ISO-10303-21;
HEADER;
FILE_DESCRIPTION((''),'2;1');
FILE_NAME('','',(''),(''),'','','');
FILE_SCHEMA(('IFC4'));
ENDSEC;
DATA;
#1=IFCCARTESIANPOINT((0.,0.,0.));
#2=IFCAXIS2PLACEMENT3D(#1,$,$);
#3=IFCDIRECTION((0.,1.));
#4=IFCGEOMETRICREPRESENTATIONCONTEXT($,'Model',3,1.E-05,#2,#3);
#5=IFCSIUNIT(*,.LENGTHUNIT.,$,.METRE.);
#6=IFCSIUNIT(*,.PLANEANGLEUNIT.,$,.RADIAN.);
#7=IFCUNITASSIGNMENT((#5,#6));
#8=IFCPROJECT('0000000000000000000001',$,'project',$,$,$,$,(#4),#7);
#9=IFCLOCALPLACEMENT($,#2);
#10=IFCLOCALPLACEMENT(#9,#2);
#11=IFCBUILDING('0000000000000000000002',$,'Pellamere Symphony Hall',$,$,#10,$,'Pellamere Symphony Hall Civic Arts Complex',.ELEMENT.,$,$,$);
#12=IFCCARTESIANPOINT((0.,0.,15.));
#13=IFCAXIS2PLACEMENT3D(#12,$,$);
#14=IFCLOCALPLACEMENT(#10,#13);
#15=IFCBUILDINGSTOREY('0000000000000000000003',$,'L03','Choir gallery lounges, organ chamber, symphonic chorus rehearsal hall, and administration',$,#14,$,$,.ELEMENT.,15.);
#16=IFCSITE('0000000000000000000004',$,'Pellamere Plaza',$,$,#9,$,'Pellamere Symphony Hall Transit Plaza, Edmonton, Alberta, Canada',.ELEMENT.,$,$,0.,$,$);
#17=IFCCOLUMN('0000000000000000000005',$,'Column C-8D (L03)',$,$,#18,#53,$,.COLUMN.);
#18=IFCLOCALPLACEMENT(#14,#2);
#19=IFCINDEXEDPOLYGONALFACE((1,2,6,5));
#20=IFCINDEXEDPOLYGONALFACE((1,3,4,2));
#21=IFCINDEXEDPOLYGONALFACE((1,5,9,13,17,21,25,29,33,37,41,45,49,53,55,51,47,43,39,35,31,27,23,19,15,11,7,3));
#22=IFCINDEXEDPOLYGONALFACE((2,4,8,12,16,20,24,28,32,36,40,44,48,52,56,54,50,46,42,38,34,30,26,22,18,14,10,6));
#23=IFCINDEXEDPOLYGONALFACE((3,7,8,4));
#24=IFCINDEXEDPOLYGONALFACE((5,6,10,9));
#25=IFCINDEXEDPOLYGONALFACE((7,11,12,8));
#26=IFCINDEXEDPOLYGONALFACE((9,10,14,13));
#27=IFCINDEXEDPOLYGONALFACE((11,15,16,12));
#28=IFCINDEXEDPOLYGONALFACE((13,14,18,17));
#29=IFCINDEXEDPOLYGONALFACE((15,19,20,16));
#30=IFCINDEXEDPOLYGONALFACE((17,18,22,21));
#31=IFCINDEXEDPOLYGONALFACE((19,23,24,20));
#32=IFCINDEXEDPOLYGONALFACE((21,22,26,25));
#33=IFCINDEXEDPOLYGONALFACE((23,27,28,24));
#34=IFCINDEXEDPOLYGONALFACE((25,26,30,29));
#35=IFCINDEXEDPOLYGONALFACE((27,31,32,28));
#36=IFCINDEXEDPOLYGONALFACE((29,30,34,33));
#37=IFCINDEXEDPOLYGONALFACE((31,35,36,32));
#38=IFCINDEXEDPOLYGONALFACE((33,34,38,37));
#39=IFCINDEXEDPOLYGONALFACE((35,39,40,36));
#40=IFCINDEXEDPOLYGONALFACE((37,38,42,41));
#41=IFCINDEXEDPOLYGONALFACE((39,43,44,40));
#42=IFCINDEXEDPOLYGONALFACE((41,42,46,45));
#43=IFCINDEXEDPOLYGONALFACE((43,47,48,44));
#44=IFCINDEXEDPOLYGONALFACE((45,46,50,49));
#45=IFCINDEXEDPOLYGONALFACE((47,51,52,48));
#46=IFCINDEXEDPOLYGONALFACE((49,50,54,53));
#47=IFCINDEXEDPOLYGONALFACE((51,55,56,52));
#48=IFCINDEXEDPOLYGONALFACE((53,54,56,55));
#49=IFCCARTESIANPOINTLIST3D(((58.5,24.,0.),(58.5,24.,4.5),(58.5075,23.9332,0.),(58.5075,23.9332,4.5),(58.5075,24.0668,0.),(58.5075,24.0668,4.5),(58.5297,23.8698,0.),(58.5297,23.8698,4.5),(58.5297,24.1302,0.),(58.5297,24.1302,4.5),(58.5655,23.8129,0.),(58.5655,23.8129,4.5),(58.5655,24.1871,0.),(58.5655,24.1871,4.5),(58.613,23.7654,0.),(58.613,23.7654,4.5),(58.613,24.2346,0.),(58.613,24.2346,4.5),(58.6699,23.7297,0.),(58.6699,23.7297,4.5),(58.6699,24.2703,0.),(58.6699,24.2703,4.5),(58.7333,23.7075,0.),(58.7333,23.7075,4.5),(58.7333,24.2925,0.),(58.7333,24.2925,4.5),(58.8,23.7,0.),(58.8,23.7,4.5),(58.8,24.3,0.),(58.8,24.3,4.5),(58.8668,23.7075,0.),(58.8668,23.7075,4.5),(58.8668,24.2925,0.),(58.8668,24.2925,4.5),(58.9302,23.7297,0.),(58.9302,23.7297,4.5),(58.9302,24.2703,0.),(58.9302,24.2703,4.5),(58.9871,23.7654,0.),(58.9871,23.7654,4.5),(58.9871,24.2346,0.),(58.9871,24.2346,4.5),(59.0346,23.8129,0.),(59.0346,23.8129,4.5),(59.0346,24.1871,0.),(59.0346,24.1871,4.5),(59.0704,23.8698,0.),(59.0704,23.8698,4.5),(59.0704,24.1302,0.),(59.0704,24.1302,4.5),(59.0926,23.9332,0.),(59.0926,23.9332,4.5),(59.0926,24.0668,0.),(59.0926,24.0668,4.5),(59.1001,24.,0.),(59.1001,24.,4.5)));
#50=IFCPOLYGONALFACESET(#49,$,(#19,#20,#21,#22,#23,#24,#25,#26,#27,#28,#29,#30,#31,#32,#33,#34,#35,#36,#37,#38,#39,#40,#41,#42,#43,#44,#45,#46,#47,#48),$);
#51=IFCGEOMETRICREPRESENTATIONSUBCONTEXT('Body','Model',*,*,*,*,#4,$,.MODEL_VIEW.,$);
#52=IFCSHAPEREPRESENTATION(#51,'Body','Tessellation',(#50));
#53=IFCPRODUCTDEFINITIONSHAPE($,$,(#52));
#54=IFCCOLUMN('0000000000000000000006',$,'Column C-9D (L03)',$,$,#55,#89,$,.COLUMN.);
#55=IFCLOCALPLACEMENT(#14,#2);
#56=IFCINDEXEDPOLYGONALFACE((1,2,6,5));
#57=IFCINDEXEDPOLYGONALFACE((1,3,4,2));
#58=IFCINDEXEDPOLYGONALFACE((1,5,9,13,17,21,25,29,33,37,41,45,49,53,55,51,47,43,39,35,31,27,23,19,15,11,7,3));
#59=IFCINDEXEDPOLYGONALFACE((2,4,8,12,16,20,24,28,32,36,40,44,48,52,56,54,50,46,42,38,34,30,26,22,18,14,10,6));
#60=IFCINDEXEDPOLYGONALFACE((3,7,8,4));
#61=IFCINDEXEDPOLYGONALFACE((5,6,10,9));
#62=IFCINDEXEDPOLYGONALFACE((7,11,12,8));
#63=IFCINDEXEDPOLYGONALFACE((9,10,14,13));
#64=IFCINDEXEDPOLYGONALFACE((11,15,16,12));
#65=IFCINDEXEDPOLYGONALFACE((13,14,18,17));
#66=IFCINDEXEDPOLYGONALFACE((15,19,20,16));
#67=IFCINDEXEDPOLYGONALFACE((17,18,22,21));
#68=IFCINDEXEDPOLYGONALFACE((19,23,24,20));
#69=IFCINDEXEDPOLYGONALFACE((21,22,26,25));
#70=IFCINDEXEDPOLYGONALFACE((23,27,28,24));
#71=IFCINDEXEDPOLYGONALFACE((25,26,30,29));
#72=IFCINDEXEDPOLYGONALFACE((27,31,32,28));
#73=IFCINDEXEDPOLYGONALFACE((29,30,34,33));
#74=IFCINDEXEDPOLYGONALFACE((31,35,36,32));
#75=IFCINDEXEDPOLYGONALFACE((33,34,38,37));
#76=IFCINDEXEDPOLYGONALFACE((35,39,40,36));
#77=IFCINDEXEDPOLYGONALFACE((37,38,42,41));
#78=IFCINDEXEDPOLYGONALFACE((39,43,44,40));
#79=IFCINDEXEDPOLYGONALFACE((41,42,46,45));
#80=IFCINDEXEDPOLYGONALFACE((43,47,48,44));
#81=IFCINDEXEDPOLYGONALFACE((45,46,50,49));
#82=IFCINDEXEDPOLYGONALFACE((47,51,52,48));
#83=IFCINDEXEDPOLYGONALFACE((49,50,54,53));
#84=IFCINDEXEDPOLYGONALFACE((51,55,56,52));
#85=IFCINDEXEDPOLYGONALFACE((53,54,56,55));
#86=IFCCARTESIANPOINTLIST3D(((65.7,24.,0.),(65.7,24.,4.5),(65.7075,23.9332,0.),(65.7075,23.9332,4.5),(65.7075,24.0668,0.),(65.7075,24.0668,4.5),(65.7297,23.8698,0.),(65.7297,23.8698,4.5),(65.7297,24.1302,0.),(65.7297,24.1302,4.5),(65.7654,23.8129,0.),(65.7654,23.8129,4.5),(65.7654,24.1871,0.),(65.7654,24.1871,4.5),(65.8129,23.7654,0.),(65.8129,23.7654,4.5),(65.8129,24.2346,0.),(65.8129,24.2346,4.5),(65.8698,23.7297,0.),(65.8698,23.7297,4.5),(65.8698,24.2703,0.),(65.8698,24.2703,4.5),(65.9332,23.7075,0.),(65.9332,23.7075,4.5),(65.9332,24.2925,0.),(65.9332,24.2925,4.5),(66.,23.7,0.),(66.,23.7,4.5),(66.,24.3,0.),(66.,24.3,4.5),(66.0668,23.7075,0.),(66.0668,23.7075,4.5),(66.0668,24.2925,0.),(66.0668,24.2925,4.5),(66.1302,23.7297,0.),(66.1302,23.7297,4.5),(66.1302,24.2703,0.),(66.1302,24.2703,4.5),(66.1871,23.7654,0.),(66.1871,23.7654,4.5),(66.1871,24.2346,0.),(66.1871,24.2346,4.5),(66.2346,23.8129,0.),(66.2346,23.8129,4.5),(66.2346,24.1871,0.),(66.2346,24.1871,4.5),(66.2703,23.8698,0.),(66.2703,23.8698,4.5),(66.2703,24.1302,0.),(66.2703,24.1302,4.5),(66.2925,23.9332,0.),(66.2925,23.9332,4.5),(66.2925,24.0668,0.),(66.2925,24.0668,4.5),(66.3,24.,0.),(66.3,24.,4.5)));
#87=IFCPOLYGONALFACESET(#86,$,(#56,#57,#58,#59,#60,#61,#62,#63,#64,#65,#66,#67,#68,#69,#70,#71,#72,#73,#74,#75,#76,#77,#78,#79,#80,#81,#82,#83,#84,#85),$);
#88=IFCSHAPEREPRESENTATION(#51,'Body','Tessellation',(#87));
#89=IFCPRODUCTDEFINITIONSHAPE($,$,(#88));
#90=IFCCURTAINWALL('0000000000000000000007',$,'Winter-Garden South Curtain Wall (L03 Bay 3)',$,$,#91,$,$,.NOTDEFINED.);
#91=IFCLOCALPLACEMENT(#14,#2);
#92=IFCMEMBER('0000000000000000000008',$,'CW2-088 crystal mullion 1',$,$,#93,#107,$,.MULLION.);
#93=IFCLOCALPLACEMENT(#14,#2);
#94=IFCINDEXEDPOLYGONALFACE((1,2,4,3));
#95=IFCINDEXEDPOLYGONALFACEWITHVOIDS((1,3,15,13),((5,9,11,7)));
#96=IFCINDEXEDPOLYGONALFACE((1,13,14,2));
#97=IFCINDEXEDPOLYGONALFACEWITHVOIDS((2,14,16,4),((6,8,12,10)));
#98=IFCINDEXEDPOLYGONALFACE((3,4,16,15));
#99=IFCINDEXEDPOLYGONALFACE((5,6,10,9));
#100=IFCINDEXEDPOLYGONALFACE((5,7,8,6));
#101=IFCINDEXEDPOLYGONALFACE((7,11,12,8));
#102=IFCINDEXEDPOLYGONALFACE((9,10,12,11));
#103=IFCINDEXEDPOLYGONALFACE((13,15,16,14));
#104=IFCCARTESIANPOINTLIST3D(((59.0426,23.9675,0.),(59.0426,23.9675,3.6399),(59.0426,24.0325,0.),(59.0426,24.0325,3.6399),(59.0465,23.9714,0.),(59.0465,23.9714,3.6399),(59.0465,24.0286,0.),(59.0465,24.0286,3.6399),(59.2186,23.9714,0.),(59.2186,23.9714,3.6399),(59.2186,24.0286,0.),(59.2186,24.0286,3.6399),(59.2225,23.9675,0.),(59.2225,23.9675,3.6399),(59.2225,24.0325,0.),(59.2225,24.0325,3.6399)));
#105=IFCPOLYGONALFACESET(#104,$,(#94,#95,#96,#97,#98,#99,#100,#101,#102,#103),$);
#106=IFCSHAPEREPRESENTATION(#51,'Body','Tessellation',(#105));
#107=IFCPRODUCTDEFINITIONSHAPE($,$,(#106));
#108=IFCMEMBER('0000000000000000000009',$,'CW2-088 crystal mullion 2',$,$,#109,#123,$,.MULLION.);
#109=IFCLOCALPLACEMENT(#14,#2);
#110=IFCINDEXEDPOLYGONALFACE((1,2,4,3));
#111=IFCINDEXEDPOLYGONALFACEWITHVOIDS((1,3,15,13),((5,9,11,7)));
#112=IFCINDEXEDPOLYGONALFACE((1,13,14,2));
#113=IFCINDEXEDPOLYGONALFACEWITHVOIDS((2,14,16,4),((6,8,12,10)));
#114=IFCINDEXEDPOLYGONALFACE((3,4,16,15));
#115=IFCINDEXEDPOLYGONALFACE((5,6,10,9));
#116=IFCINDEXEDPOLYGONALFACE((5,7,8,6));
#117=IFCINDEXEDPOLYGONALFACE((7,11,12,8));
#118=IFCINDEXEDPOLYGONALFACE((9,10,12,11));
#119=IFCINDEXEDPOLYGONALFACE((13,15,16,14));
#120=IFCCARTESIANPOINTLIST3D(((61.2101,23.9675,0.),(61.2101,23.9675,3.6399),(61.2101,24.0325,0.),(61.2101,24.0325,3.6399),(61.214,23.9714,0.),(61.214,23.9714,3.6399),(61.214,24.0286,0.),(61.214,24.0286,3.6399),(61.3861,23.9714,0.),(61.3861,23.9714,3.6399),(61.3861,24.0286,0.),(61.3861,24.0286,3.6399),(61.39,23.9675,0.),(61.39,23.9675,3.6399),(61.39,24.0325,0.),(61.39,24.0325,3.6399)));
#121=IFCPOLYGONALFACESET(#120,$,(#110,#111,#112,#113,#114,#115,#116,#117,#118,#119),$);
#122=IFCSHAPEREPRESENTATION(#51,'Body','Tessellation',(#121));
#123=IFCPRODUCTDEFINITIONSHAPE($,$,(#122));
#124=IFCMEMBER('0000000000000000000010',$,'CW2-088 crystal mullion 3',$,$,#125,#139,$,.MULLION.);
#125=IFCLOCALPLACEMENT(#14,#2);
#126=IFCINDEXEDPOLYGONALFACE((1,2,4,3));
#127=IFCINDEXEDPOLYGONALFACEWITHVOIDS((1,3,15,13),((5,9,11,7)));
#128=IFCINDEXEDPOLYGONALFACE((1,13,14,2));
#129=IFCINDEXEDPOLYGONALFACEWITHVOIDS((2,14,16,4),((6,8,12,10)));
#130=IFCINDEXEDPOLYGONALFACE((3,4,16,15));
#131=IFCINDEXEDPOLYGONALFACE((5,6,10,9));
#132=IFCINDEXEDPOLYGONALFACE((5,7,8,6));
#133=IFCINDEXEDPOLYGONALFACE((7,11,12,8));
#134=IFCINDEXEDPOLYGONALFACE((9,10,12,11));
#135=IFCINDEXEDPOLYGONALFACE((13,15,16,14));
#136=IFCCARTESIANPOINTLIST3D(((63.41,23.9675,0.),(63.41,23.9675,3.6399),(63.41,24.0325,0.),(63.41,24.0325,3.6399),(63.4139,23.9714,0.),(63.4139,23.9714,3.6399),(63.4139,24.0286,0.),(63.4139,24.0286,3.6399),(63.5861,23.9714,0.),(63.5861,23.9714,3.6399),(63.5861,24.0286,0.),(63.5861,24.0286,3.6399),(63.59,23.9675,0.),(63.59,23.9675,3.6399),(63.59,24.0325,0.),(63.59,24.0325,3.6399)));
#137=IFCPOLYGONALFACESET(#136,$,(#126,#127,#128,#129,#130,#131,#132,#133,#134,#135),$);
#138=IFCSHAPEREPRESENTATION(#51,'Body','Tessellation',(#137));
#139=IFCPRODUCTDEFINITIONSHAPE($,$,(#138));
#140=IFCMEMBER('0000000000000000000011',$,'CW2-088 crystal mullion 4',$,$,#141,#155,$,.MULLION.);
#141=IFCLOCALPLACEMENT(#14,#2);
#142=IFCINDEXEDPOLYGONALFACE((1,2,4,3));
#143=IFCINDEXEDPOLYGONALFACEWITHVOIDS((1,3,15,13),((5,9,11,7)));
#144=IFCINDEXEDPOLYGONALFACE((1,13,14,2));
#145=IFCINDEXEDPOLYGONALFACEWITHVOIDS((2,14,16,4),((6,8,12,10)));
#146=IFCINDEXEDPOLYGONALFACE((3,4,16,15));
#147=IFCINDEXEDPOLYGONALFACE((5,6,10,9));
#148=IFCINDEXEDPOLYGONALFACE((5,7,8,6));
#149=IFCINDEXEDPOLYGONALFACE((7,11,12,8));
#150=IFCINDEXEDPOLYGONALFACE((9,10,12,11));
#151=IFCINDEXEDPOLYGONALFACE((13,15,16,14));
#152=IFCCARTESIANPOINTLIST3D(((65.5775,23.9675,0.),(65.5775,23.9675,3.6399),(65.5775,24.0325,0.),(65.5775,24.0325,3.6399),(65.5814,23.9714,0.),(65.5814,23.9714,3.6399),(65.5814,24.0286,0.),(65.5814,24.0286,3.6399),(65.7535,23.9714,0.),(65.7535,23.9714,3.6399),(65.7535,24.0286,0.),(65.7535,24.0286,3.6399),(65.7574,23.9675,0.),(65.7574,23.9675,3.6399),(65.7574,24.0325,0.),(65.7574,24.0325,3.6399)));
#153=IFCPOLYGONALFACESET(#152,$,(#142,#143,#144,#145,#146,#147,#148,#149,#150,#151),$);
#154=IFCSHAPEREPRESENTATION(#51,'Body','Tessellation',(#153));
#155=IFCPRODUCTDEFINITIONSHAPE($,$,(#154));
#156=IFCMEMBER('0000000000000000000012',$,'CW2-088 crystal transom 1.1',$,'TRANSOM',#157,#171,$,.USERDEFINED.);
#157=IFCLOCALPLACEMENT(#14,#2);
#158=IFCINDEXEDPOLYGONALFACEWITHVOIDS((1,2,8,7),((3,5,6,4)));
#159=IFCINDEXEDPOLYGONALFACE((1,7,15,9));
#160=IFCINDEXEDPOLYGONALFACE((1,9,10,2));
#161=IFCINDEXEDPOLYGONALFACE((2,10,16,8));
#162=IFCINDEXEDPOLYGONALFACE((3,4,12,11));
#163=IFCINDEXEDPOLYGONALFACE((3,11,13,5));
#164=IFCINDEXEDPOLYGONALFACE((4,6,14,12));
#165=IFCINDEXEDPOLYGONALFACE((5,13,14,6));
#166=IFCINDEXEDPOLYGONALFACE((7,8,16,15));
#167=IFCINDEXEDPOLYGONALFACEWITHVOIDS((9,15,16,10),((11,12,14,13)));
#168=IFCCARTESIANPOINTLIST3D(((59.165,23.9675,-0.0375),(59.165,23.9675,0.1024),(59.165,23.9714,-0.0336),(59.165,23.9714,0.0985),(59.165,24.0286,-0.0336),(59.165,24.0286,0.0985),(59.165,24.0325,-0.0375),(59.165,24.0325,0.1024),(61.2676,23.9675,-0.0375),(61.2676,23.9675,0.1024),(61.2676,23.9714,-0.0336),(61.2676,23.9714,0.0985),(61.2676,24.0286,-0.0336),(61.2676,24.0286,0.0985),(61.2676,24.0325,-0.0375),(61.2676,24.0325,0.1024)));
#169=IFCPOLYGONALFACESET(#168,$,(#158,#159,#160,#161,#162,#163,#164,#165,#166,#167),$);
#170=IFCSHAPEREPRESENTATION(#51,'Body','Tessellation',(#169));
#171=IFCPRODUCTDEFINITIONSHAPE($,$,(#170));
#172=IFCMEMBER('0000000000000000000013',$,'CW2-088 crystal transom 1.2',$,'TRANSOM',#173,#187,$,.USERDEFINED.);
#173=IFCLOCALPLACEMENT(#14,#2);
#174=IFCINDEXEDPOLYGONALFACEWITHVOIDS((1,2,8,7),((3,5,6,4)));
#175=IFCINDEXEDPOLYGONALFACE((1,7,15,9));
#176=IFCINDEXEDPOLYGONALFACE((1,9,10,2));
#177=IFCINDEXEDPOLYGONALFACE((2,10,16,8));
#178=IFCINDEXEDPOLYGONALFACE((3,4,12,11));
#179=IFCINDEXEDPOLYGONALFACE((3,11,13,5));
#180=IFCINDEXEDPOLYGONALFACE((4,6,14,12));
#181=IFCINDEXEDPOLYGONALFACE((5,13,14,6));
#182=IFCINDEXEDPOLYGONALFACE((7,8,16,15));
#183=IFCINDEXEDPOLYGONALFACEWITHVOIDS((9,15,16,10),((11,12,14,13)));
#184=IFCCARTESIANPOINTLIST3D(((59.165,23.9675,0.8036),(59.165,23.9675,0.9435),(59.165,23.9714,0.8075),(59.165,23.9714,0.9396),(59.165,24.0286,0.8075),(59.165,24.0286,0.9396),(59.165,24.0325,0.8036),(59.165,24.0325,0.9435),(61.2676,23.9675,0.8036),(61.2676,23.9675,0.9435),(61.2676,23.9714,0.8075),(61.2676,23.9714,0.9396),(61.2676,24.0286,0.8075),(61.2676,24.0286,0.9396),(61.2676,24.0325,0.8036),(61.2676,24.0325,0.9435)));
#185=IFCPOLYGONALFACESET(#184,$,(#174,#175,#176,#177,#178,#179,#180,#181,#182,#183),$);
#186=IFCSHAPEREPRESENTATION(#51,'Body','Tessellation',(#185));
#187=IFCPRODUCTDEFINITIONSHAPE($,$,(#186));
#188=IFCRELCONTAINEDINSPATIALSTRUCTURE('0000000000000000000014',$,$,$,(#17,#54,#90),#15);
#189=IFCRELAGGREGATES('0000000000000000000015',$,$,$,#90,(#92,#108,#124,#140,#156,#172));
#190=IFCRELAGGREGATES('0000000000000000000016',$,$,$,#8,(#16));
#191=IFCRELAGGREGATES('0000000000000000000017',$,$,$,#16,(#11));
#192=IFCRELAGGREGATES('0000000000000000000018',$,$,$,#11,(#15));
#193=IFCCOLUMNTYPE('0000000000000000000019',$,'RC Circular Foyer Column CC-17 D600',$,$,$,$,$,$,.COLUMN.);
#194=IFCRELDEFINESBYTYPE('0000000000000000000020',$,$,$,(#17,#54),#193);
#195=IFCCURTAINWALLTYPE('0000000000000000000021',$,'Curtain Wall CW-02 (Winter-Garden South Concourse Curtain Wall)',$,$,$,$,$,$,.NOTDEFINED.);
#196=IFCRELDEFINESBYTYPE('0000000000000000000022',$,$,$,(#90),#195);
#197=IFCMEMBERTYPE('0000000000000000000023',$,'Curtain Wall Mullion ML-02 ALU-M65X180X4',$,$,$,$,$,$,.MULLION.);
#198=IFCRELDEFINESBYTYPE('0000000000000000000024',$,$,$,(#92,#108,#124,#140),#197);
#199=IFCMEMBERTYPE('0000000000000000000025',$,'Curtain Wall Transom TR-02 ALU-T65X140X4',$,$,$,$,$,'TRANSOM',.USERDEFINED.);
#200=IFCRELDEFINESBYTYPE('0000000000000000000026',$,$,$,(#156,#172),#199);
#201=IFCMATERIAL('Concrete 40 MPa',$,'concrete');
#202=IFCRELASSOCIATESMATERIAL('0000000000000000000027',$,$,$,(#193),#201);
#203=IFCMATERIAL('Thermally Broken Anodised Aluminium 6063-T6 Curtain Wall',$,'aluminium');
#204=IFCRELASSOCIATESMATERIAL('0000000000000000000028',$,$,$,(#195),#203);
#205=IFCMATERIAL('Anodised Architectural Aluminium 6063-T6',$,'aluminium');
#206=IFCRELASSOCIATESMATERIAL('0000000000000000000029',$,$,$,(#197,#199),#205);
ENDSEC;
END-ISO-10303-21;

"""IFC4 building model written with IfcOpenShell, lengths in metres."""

from ifc_helpers import new_model, si_unit, direction, frame, origin, origin_2d, place, context, subcontext, project, spatial, hollow_rectangle, circle, extrude, material, material_profile, profile_set, type_object, element, aggregate, save


model = new_model("IFC4")

# Units and contexts
model_context = context("Model", 3, precision=1e-05, world=origin(), true_north=direction((0.0, 1.0)))
body_context = subcontext(model_context, "Body", "Model", "MODEL_VIEW")
ifc_project = project(units=[si_unit("LENGTHUNIT", "METRE"), si_unit("PLANEANGLEUNIT", "RADIAN")], contexts=[model_context])

# Site, building, storey
site_placement = place(None, origin())
site = spatial("IfcSite", under=ifc_project, at=site_placement, Name="Pellamere Plaza", LongName="Pellamere Symphony Hall Transit Plaza, Edmonton, Alberta, Canada", CompositionType="ELEMENT", RefElevation=0.0)
building_placement = place(site_placement, origin())
building = spatial("IfcBuilding", under=site, at=building_placement, Name="Pellamere Symphony Hall", LongName="Pellamere Symphony Hall Civic Arts Complex", CompositionType="ELEMENT")
storey_placement = place(building_placement, frame((0.0, 0.0, 15.0)))
storey = spatial("IfcBuildingStorey", under=building, at=storey_placement, Name="L03", Description="Choir gallery lounges, organ chamber, symphonic chorus rehearsal hall, and administration", CompositionType="ELEMENT", Elevation=15.0)

# Columns
ifc_material_1 = material(Name="Concrete 40 MPa", Category="concrete")
ifc_material_profile_1 = material_profile(ifc_material_1, circle(Radius=0.3, at=origin_2d()), Name="RCCOL D600")
ifc_profile_set_1 = profile_set([ifc_material_profile_1], Name="Concrete 40 MPa")
column_type = type_object("IfcColumnType", Name="RC Circular Foyer Column CC-17 D600", PredefinedType="COLUMN", material=ifc_profile_set_1)
for number, where, z_axis, x_axis, name in (
    (1, (58.8, 24.0, 0.0), (0.0, 0.0, 1.0), (1.0, 0.0, 0.0), "Column C-8D (L03)"),
    (2, (66.0, 24.0, 0.0), (0.0, 0.0, 1.0), (1.0, 0.0, 0.0), "Column C-9D (L03)"),
):
    element("IfcColumn", number, at=place(storey_placement, frame(where, z_axis=z_axis, x_axis=x_axis)), inside=storey, type_object=column_type, Name=name, PredefinedType="COLUMN", context=body_context, shape_type="SweptSolid", body=[
        extrude(circle(Radius=0.3, at=origin_2d()), origin(), (0.0, 0.0, 1.0), 4.5),
    ])

# Curtain wall, members
ifc_material_2 = material(Name="Thermally Broken Anodised Aluminium 6063-T6 Curtain Wall", Category="aluminium")
curtain_wall_type = type_object("IfcCurtainWallType", Name="Curtain Wall CW-02 (Winter-Garden South Concourse Curtain Wall)", PredefinedType="NOTDEFINED", material=ifc_material_2)
curtain_wall_placement = place(storey_placement, origin())
curtain_wall = element("IfcCurtainWall", 3, at=curtain_wall_placement, inside=storey, type_object=curtain_wall_type, Name="Winter-Garden South Curtain Wall (L03 Bay 3)", PredefinedType="NOTDEFINED")
ifc_material_3 = material(Name="Anodised Architectural Aluminium 6063-T6", Category="aluminium")
ifc_material_profile_2 = material_profile(ifc_material_3, hollow_rectangle(XDim=0.0649, YDim=0.1799, WallThickness=0.0039, at=origin_2d()), Name="ALU-M65X180X4")
ifc_profile_set_2 = profile_set([ifc_material_profile_2], Name="Anodised Architectural Aluminium 6063-T6")
member_type_1 = type_object("IfcMemberType", Name="Curtain Wall Mullion ML-02 ALU-M65X180X4", PredefinedType="MULLION", material=ifc_profile_set_2)
member_1_placement = place(storey_placement, frame((59.1326, 24.0, 0.0), z_axis=(0.0, 0.0, 1.0), x_axis=(0.0, 1.0, 0.0)))
member_1 = element("IfcMember", 4, at=member_1_placement, type_object=member_type_1, Name="CW2-088 crystal mullion 1", PredefinedType="MULLION", context=body_context, shape_type="SweptSolid", body=[
    extrude(hollow_rectangle(XDim=0.0649, YDim=0.1799, WallThickness=0.0039, at=origin_2d()), origin(), (0.0, 0.0, 1.0), 3.6399),
])
member_2_placement = place(storey_placement, frame((61.3, 24.0, 0.0), z_axis=(0.0, 0.0, 1.0), x_axis=(0.0, 1.0, 0.0)))
member_2 = element("IfcMember", 5, at=member_2_placement, type_object=member_type_1, Name="CW2-088 crystal mullion 2", PredefinedType="MULLION", context=body_context, shape_type="SweptSolid", body=[
    extrude(hollow_rectangle(XDim=0.0649, YDim=0.1799, WallThickness=0.0039, at=origin_2d()), origin(), (0.0, 0.0, 1.0), 3.6399),
])
member_3_placement = place(storey_placement, frame((63.5, 24.0, 0.0), z_axis=(0.0, 0.0, 1.0), x_axis=(0.0, 1.0, 0.0)))
member_3 = element("IfcMember", 6, at=member_3_placement, type_object=member_type_1, Name="CW2-088 crystal mullion 3", PredefinedType="MULLION", context=body_context, shape_type="SweptSolid", body=[
    extrude(hollow_rectangle(XDim=0.0649, YDim=0.1799, WallThickness=0.0039, at=origin_2d()), origin(), (0.0, 0.0, 1.0), 3.6399),
])
member_4_placement = place(storey_placement, frame((65.6675, 24.0, 0.0), z_axis=(0.0, 0.0, 1.0), x_axis=(0.0, 1.0, 0.0)))
member_4 = element("IfcMember", 7, at=member_4_placement, type_object=member_type_1, Name="CW2-088 crystal mullion 4", PredefinedType="MULLION", context=body_context, shape_type="SweptSolid", body=[
    extrude(hollow_rectangle(XDim=0.0649, YDim=0.1799, WallThickness=0.0039, at=origin_2d()), origin(), (0.0, 0.0, 1.0), 3.6399),
])
ifc_material_profile_3 = material_profile(ifc_material_3, hollow_rectangle(XDim=0.0649, YDim=0.1399, WallThickness=0.0039, at=origin_2d()), Name="ALU-T65X140X4")
ifc_profile_set_3 = profile_set([ifc_material_profile_3], Name="Anodised Architectural Aluminium 6063-T6")
member_type_2 = type_object("IfcMemberType", Name="Curtain Wall Transom TR-02 ALU-T65X140X4", ElementType="TRANSOM", PredefinedType="USERDEFINED", material=ifc_profile_set_3)
member_5_placement = place(storey_placement, frame((59.165, 24.0, 0.0325), z_axis=(1.0, 0.0, 0.0), x_axis=(0.0, 1.0, 0.0)))
member_5 = element("IfcMember", 8, at=member_5_placement, type_object=member_type_2, Name="CW2-088 crystal transom 1.1", ObjectType="TRANSOM", PredefinedType="USERDEFINED", context=body_context, shape_type="SweptSolid", body=[
    extrude(hollow_rectangle(XDim=0.0649, YDim=0.1399, WallThickness=0.0039, at=origin_2d()), origin(), (0.0, 0.0, 1.0), 2.1025),
])
member_6_placement = place(storey_placement, frame((59.165, 24.0, 0.8735), z_axis=(1.0, 0.0, 0.0), x_axis=(0.0, 1.0, 0.0)))
member_6 = element("IfcMember", 9, at=member_6_placement, type_object=member_type_2, Name="CW2-088 crystal transom 1.2", ObjectType="TRANSOM", PredefinedType="USERDEFINED", context=body_context, shape_type="SweptSolid", body=[
    extrude(hollow_rectangle(XDim=0.0649, YDim=0.1399, WallThickness=0.0039, at=origin_2d()), origin(), (0.0, 0.0, 1.0), 2.1025),
])

aggregate(curtain_wall, [member_1, member_2, member_3, member_4, member_5, member_6])

save(model, "model.ifc")
